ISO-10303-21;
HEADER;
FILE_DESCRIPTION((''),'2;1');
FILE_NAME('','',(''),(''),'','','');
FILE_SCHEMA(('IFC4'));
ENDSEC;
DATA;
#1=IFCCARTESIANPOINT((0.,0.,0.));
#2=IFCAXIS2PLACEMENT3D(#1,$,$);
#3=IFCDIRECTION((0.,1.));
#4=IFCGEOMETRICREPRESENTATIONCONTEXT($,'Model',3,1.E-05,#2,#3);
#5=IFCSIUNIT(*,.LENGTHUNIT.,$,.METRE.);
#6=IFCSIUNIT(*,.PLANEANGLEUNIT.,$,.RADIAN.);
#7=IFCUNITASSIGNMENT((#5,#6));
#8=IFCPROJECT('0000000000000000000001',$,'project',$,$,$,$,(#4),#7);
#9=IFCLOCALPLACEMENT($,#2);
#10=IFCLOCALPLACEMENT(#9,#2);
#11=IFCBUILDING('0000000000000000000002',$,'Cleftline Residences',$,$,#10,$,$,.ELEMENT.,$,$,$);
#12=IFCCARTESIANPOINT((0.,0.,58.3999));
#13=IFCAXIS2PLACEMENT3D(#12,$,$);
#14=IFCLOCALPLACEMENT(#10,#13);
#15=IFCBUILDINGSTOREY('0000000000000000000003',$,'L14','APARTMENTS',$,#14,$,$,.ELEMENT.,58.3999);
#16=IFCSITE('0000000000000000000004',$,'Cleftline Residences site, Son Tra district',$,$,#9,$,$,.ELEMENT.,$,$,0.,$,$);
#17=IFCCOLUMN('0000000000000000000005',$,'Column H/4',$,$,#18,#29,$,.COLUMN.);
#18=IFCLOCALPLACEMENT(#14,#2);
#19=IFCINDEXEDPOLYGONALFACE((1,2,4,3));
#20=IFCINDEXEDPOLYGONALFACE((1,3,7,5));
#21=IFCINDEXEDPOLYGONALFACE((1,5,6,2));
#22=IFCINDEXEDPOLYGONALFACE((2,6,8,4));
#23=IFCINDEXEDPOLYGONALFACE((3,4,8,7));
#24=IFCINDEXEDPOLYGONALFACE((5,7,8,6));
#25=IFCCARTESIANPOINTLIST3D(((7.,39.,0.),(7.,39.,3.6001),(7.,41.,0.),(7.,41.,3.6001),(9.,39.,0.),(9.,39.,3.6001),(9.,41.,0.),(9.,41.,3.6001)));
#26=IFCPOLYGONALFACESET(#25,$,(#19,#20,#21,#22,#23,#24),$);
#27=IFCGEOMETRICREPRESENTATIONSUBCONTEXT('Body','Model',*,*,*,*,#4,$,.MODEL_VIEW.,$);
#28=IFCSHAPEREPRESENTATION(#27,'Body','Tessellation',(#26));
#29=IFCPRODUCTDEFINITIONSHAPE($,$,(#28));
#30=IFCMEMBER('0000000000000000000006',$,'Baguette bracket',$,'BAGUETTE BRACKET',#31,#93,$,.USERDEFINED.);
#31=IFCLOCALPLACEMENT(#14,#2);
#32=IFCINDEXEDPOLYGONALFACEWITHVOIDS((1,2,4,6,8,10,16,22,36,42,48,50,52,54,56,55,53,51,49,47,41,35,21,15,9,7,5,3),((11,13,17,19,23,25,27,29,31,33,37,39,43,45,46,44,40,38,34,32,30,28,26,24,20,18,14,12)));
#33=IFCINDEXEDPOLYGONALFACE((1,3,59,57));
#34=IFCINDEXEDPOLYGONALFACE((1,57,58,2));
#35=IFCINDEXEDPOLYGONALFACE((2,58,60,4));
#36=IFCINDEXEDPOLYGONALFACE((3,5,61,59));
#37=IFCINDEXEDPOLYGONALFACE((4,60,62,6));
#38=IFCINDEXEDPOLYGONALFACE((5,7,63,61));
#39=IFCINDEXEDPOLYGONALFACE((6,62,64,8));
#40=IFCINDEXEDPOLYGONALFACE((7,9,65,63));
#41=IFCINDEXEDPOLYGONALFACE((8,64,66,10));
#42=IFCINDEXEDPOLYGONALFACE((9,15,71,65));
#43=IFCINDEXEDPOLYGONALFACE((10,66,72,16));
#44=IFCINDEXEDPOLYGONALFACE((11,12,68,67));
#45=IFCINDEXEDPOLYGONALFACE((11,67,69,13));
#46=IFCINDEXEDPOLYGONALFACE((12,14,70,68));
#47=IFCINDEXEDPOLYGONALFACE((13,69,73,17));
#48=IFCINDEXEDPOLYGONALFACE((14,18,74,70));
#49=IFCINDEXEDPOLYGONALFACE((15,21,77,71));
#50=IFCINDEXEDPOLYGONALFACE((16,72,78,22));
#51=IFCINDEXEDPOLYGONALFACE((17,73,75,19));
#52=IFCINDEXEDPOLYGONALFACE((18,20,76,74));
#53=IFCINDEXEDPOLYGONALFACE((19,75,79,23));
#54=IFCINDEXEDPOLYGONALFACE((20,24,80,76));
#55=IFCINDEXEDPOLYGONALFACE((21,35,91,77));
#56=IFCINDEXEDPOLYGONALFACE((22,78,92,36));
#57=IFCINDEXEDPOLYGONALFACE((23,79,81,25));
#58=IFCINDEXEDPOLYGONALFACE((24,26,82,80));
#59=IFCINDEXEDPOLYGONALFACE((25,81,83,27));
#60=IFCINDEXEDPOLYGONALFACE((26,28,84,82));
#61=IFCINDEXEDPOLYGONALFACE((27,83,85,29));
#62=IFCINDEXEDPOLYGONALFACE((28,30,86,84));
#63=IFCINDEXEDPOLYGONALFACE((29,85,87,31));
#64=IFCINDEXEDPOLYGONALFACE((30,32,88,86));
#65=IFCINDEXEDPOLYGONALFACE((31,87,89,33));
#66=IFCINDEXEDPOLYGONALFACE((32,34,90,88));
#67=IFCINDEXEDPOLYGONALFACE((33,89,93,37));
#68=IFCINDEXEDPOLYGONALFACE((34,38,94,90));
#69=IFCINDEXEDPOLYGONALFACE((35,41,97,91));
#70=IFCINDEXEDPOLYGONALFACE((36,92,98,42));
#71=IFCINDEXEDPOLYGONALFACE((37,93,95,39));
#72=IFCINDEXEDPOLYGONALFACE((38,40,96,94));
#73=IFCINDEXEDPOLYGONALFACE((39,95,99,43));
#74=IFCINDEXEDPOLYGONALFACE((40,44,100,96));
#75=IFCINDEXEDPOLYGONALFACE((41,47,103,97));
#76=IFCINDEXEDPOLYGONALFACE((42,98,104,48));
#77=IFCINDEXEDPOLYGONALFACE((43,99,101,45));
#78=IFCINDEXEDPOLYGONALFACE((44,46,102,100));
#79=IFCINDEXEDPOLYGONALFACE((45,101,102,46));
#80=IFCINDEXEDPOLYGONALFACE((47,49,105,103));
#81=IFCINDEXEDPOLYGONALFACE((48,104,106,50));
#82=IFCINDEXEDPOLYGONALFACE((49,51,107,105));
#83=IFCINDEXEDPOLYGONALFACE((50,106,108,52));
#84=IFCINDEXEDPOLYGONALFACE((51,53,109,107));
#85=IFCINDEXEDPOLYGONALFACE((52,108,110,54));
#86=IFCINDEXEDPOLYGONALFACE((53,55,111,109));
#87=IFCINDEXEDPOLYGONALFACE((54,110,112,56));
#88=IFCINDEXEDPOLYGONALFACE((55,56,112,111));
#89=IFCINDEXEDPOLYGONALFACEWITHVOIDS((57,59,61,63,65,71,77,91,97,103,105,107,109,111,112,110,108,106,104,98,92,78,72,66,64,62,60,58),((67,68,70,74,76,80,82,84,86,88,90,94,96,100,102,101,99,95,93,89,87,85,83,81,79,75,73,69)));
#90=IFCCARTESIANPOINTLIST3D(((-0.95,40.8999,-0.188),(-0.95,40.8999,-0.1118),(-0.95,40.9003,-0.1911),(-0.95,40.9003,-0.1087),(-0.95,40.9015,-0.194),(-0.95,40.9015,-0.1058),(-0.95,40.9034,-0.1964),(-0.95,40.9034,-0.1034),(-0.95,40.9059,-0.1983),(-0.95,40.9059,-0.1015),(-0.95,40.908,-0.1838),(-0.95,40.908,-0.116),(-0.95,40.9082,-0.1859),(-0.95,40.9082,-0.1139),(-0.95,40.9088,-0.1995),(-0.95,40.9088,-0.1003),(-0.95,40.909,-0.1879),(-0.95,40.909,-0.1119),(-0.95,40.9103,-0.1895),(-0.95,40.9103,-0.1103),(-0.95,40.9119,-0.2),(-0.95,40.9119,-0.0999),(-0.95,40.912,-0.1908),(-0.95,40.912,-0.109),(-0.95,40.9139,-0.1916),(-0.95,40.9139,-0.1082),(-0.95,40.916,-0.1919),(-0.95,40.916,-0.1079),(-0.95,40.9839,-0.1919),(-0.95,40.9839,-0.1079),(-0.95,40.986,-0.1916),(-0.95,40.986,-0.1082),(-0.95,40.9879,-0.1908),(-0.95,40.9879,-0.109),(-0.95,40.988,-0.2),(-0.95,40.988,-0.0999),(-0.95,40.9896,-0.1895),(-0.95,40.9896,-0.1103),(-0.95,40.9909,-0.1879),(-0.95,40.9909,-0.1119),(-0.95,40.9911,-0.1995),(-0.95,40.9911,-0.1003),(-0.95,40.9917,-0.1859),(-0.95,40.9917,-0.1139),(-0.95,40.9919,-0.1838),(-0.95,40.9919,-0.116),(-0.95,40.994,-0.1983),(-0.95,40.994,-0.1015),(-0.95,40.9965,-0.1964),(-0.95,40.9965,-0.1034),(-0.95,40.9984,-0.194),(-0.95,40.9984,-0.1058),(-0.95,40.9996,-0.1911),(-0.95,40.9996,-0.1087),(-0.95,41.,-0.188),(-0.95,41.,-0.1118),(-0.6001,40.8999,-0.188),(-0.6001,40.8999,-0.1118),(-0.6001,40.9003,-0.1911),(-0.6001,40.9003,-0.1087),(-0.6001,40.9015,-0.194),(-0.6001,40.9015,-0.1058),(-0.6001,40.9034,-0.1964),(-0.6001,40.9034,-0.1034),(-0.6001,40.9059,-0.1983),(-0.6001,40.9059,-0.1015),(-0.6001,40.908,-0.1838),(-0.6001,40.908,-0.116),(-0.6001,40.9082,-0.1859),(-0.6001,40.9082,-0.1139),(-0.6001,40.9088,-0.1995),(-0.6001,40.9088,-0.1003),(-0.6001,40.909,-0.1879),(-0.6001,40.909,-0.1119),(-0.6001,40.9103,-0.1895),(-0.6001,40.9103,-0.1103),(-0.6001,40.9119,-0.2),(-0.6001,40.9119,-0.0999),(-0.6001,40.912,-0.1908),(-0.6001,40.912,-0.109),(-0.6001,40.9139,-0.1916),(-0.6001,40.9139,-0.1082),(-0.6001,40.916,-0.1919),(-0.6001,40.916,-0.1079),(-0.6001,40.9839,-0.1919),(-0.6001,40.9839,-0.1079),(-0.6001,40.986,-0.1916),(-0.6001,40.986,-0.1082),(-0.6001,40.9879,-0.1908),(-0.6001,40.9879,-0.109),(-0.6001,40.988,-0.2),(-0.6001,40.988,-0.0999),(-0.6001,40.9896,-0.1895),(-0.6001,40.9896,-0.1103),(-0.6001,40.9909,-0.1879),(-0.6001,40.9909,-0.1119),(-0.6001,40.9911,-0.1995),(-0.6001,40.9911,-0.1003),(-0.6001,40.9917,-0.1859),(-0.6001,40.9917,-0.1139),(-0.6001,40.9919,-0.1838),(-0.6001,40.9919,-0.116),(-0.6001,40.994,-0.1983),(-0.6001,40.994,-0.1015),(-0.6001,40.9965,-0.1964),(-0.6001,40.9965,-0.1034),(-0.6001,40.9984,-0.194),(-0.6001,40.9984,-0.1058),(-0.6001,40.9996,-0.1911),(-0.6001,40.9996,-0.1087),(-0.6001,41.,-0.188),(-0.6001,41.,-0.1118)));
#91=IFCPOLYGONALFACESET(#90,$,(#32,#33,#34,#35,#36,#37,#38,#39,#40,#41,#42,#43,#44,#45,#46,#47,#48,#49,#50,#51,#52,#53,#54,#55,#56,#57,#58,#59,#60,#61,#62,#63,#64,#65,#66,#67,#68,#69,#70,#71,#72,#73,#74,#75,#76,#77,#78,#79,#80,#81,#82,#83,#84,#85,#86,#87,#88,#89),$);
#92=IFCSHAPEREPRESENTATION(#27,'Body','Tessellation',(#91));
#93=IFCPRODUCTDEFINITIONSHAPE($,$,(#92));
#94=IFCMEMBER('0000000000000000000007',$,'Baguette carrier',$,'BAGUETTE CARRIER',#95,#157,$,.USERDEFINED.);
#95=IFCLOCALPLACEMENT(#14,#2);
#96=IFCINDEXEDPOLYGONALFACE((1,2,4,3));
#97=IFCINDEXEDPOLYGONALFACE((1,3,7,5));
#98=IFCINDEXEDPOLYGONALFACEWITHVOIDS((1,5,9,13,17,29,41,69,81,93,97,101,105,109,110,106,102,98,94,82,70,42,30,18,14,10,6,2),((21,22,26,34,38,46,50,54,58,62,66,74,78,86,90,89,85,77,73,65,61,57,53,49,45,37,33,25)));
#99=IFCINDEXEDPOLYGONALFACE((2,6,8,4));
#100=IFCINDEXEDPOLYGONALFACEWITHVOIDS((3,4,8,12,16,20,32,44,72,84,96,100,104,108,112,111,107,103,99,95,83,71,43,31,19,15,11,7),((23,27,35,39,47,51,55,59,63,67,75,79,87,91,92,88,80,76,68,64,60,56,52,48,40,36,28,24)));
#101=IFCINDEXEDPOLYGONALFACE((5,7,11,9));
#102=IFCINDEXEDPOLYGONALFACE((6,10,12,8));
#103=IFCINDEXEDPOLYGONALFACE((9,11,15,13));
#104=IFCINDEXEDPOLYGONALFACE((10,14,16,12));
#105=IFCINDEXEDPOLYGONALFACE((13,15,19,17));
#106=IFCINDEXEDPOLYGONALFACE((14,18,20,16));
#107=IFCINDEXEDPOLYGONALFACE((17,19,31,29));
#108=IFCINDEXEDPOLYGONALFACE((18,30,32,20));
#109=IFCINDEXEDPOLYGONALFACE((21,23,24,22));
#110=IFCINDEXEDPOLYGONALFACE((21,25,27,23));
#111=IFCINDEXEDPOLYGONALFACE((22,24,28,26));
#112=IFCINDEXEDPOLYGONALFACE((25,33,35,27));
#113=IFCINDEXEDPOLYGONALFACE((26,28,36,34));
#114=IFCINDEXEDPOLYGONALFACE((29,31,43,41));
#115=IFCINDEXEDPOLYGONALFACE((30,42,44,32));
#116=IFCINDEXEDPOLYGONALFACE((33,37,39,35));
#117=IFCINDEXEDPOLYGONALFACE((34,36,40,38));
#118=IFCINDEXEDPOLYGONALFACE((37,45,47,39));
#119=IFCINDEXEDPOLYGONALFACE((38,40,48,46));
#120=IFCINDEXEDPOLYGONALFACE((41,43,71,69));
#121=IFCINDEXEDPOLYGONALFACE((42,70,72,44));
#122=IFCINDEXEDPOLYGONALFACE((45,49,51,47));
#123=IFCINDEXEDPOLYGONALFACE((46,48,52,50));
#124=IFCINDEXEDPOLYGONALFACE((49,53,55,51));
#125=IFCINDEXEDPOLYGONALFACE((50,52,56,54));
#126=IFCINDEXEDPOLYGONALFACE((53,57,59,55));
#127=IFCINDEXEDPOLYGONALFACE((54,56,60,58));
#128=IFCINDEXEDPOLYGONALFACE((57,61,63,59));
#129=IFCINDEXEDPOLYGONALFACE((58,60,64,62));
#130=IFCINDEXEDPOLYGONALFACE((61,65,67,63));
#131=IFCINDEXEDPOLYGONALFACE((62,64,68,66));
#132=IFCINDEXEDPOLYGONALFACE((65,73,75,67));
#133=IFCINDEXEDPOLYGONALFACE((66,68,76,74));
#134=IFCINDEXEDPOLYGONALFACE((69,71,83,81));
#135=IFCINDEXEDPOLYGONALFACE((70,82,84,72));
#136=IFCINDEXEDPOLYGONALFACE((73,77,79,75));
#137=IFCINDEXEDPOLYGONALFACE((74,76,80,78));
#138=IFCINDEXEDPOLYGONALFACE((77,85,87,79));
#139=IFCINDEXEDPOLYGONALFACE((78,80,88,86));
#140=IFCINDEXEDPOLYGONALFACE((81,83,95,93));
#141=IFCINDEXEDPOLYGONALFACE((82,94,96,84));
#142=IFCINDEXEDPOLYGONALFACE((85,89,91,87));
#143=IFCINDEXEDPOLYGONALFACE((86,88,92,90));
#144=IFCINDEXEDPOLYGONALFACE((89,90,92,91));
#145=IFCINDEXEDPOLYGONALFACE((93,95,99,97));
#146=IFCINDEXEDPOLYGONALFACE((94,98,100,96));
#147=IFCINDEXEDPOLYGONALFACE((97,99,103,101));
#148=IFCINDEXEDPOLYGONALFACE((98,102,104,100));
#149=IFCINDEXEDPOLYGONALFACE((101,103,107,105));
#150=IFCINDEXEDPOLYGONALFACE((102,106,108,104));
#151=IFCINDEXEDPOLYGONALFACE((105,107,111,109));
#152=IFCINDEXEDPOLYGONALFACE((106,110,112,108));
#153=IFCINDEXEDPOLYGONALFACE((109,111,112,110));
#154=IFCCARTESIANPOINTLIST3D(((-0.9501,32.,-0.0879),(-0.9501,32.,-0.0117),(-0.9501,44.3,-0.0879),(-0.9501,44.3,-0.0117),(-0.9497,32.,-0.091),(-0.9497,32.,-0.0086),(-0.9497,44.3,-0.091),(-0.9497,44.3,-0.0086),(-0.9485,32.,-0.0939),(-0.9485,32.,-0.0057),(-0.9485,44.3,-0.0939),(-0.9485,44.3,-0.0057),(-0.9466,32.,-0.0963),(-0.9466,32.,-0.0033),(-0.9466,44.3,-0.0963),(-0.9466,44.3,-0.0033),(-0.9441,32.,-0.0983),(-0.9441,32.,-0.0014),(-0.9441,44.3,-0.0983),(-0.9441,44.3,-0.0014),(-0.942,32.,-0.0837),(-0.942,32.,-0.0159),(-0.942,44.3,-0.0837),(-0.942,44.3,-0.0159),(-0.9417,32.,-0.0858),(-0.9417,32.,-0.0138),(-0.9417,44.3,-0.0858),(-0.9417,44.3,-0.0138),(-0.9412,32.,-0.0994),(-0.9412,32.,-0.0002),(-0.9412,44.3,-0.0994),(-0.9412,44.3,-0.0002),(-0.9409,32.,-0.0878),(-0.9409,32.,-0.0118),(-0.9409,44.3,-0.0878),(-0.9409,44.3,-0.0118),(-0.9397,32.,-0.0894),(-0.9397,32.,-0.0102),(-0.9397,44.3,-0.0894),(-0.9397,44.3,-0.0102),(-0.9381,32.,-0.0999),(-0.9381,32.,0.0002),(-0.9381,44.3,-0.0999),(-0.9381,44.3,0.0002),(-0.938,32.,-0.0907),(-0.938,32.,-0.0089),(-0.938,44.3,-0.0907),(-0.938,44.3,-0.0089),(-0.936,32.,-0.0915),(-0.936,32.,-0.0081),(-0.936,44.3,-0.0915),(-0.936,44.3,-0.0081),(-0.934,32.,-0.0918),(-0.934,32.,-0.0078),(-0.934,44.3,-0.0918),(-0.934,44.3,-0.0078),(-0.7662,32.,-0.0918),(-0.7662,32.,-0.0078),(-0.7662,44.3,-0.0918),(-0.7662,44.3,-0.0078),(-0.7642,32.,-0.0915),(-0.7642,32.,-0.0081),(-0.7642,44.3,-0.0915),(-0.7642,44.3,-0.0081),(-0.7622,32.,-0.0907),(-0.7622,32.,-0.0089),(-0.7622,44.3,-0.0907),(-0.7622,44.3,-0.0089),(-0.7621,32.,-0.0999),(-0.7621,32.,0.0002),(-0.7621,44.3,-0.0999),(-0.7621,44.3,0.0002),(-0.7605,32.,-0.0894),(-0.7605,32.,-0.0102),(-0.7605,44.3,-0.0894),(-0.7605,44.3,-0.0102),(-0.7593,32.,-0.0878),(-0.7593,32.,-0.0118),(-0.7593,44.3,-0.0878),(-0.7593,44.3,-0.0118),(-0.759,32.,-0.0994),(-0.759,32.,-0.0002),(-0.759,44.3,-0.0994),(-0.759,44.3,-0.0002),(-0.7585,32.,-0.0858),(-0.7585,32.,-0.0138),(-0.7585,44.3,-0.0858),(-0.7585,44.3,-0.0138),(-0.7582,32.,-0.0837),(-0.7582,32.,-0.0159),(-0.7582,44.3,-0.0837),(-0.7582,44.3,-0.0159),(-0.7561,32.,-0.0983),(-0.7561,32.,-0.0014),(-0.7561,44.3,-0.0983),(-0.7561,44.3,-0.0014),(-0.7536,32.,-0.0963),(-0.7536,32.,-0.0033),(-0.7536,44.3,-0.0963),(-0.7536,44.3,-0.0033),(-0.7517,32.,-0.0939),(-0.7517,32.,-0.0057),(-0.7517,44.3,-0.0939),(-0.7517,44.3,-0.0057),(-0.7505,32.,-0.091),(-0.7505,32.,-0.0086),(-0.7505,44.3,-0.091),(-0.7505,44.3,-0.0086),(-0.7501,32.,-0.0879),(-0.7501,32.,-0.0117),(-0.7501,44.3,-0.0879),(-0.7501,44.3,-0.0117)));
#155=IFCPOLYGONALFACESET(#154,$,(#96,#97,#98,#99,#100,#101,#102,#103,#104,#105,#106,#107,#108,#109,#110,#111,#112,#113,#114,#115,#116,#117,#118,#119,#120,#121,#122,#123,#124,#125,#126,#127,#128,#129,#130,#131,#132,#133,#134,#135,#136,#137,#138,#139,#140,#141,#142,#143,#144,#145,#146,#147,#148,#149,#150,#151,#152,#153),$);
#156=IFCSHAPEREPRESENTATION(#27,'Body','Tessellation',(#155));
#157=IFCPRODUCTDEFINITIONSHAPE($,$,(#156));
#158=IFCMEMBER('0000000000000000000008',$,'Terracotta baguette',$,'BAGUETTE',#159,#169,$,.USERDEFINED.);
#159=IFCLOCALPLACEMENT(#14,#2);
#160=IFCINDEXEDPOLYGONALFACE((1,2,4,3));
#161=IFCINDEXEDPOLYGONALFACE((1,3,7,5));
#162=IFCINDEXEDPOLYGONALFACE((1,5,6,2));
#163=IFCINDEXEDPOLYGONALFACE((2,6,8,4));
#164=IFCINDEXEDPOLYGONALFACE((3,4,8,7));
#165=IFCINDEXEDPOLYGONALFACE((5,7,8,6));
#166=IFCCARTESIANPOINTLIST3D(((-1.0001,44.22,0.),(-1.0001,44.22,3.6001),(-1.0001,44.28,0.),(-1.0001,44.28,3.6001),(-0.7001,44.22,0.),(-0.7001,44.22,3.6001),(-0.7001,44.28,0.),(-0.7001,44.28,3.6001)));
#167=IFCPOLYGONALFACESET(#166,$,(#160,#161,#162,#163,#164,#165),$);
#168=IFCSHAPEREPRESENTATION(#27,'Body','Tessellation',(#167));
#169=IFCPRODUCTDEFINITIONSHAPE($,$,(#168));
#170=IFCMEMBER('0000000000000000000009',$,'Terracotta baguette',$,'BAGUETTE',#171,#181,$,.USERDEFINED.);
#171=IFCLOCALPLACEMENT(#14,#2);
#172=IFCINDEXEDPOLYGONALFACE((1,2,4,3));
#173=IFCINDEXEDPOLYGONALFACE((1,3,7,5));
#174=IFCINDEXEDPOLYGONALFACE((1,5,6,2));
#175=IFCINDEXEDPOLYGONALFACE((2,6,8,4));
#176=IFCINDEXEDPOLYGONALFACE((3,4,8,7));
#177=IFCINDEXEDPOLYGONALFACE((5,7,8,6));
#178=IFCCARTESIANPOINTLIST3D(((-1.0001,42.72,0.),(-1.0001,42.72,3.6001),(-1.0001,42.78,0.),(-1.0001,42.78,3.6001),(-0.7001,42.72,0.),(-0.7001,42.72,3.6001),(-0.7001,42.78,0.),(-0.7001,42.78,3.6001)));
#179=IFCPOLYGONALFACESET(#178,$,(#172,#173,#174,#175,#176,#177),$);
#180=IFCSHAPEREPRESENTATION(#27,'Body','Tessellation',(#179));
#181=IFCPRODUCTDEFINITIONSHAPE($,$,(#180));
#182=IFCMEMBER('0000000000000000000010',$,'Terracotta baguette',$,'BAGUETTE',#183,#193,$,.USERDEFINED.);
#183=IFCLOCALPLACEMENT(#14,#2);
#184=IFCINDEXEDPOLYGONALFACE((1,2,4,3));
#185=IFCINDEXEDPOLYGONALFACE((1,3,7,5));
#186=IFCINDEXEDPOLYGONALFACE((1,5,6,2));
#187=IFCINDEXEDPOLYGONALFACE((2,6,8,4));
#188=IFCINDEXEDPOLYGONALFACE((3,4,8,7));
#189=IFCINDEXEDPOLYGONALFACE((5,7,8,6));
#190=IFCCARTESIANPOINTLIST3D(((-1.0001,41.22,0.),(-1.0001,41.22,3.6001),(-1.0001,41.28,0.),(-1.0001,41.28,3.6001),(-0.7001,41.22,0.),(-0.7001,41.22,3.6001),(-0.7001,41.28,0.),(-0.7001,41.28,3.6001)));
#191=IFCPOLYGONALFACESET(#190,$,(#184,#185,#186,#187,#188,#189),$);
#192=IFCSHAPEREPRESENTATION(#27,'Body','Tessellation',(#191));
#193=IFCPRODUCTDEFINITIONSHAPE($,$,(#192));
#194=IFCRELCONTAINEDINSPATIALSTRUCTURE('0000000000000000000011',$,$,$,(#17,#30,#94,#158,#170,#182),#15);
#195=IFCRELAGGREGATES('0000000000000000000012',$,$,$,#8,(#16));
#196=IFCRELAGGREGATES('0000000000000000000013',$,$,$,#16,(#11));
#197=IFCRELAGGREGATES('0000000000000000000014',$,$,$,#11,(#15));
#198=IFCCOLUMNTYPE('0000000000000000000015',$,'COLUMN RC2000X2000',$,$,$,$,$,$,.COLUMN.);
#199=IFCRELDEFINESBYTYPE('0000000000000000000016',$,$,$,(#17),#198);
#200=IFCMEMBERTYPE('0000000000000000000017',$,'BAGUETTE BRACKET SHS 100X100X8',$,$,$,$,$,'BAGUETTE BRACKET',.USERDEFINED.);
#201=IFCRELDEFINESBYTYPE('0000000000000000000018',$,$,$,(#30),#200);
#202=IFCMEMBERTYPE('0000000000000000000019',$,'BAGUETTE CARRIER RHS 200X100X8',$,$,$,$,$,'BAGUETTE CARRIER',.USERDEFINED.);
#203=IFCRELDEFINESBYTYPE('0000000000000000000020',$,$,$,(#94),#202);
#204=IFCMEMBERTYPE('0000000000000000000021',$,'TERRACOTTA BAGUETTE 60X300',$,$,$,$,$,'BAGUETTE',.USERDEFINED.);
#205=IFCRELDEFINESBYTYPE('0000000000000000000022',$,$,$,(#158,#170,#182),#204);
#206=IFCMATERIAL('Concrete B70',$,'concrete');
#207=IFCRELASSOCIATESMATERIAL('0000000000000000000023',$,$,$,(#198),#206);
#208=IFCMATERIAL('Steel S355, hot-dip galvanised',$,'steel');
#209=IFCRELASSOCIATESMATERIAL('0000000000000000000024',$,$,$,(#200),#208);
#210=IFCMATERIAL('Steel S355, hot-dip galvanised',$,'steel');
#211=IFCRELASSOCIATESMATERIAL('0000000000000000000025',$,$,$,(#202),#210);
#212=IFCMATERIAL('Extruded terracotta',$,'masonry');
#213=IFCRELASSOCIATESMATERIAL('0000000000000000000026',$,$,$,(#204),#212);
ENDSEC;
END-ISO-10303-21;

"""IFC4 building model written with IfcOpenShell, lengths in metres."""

from ifc_helpers import new_model, si_unit, direction, frame, origin, origin_2d, place, context, subcontext, project, spatial, rectangle, hollow_rectangle, extrude, material, material_profile, profile_set, type_object, element, save


model = new_model("IFC4")

# Units and contexts
model_context = context("Model", 3, precision=1e-05, world=origin(), true_north=direction((0.0, 1.0)))
body_context = subcontext(model_context, "Body", "Model", "MODEL_VIEW")
ifc_project = project(units=[si_unit("LENGTHUNIT", "METRE"), si_unit("PLANEANGLEUNIT", "RADIAN")], contexts=[model_context])

# Site, building, storey
site_placement = place(None, origin())
site = spatial("IfcSite", under=ifc_project, at=site_placement, Name="Cleftline Residences site, Son Tra district", CompositionType="ELEMENT", RefElevation=0.0)
building_placement = place(site_placement, origin())
building = spatial("IfcBuilding", under=site, at=building_placement, Name="Cleftline Residences", CompositionType="ELEMENT")
storey_placement = place(building_placement, frame((0.0, 0.0, 58.3999)))
storey = spatial("IfcBuildingStorey", under=building, at=storey_placement, Name="L14", Description="APARTMENTS", CompositionType="ELEMENT", Elevation=58.3999)

# Column
ifc_material_1 = material(Name="Concrete B70", Category="concrete")
ifc_material_profile_1 = material_profile(ifc_material_1, rectangle(XDim=2.0, YDim=2.0, at=origin_2d()))
ifc_profile_set_1 = profile_set([ifc_material_profile_1], Name="Concrete B70")
column_type = type_object("IfcColumnType", Name="COLUMN RC2000X2000", PredefinedType="COLUMN", material=ifc_profile_set_1)
column_placement = place(storey_placement, frame((8.0, 40.0, 0.0), z_axis=(0.0, 0.0, 1.0), x_axis=(1.0, 0.0, 0.0)))
element("IfcColumn", 1, at=column_placement, inside=storey, type_object=column_type, Name="Column H/4", PredefinedType="COLUMN", context=body_context, shape_type="SweptSolid", body=[
    extrude(rectangle(XDim=2.0, YDim=2.0, at=origin_2d()), origin(), (0.0, 0.0, 1.0), 3.6001),
])

# Members
ifc_material_2 = material(Name="Steel S355, hot-dip galvanised", Category="steel")
ifc_material_profile_2 = material_profile(ifc_material_2, hollow_rectangle(XDim=0.1001, YDim=0.1001, WallThickness=0.0081, InnerFilletRadius=0.0081, OuterFilletRadius=0.012, at=origin_2d()))
ifc_profile_set_2 = profile_set([ifc_material_profile_2], Name="Steel S355, hot-dip galvanised")
member_type_1 = type_object("IfcMemberType", Name="BAGUETTE BRACKET SHS 100X100X8", ElementType="BAGUETTE BRACKET", PredefinedType="USERDEFINED", material=ifc_profile_set_2)
member_1_placement = place(storey_placement, frame((-0.6001, 40.95, -0.1499), z_axis=(-1.0, 0.0, 0.0), x_axis=(0.0, -1.0, 0.0)))
element("IfcMember", 2, at=member_1_placement, inside=storey, type_object=member_type_1, Name="Baguette bracket", ObjectType="BAGUETTE BRACKET", PredefinedType="USERDEFINED", context=body_context, shape_type="SweptSolid", body=[
    extrude(hollow_rectangle(XDim=0.1001, YDim=0.1001, WallThickness=0.0081, InnerFilletRadius=0.0081, OuterFilletRadius=0.012, at=origin_2d()), origin(), (0.0, 0.0, 1.0), 0.3499),
])
ifc_material_3 = material(Name="Steel S355, hot-dip galvanised", Category="steel")
ifc_material_profile_3 = material_profile(ifc_material_3, hollow_rectangle(XDim=0.1001, YDim=0.2, WallThickness=0.0081, InnerFilletRadius=0.0081, OuterFilletRadius=0.012, at=origin_2d()))
ifc_profile_set_3 = profile_set([ifc_material_profile_3], Name="Steel S355, hot-dip galvanised")
member_type_2 = type_object("IfcMemberType", Name="BAGUETTE CARRIER RHS 200X100X8", ElementType="BAGUETTE CARRIER", PredefinedType="USERDEFINED", material=ifc_profile_set_3)
member_2_placement = place(storey_placement, frame((-0.8501, 44.3, -0.0498), z_axis=(0.0, -1.0, 0.0), x_axis=(0.0, 0.0, 1.0)))
element("IfcMember", 3, at=member_2_placement, inside=storey, type_object=member_type_2, Name="Baguette carrier", ObjectType="BAGUETTE CARRIER", PredefinedType="USERDEFINED", context=body_context, shape_type="SweptSolid", body=[
    extrude(hollow_rectangle(XDim=0.1001, YDim=0.2, WallThickness=0.0081, InnerFilletRadius=0.0081, OuterFilletRadius=0.012, at=origin_2d()), origin(), (0.0, 0.0, 1.0), 12.3),
])
ifc_material_4 = material(Name="Extruded terracotta", Category="masonry")
ifc_material_profile_4 = material_profile(ifc_material_4, rectangle(XDim=0.0601, YDim=0.3, at=origin_2d()))
ifc_profile_set_4 = profile_set([ifc_material_profile_4], Name="Extruded terracotta")
member_type_3 = type_object("IfcMemberType", Name="TERRACOTTA BAGUETTE 60X300", ElementType="BAGUETTE", PredefinedType="USERDEFINED", material=ifc_profile_set_4)
for number, where, z_axis, x_axis, name in (
    (4, (-0.8501, 44.25, 0.0), (0.0, 0.0, 1.0), (0.0, 1.0, 0.0), "Terracotta baguette"),
    (5, (-0.8501, 42.75, 0.0), (0.0, 0.0, 1.0), (0.0, 1.0, 0.0), "Terracotta baguette"),
    (6, (-0.8501, 41.25, 0.0), (0.0, 0.0, 1.0), (0.0, 1.0, 0.0), "Terracotta baguette"),
):
    element("IfcMember", number, at=place(storey_placement, frame(where, z_axis=z_axis, x_axis=x_axis)), inside=storey, type_object=member_type_3, Name=name, ObjectType="BAGUETTE", PredefinedType="USERDEFINED", context=body_context, shape_type="SweptSolid", body=[
        extrude(rectangle(XDim=0.0601, YDim=0.3, at=origin_2d()), origin(), (0.0, 0.0, 1.0), 3.6001),
    ])

save(model, "model.ifc")
